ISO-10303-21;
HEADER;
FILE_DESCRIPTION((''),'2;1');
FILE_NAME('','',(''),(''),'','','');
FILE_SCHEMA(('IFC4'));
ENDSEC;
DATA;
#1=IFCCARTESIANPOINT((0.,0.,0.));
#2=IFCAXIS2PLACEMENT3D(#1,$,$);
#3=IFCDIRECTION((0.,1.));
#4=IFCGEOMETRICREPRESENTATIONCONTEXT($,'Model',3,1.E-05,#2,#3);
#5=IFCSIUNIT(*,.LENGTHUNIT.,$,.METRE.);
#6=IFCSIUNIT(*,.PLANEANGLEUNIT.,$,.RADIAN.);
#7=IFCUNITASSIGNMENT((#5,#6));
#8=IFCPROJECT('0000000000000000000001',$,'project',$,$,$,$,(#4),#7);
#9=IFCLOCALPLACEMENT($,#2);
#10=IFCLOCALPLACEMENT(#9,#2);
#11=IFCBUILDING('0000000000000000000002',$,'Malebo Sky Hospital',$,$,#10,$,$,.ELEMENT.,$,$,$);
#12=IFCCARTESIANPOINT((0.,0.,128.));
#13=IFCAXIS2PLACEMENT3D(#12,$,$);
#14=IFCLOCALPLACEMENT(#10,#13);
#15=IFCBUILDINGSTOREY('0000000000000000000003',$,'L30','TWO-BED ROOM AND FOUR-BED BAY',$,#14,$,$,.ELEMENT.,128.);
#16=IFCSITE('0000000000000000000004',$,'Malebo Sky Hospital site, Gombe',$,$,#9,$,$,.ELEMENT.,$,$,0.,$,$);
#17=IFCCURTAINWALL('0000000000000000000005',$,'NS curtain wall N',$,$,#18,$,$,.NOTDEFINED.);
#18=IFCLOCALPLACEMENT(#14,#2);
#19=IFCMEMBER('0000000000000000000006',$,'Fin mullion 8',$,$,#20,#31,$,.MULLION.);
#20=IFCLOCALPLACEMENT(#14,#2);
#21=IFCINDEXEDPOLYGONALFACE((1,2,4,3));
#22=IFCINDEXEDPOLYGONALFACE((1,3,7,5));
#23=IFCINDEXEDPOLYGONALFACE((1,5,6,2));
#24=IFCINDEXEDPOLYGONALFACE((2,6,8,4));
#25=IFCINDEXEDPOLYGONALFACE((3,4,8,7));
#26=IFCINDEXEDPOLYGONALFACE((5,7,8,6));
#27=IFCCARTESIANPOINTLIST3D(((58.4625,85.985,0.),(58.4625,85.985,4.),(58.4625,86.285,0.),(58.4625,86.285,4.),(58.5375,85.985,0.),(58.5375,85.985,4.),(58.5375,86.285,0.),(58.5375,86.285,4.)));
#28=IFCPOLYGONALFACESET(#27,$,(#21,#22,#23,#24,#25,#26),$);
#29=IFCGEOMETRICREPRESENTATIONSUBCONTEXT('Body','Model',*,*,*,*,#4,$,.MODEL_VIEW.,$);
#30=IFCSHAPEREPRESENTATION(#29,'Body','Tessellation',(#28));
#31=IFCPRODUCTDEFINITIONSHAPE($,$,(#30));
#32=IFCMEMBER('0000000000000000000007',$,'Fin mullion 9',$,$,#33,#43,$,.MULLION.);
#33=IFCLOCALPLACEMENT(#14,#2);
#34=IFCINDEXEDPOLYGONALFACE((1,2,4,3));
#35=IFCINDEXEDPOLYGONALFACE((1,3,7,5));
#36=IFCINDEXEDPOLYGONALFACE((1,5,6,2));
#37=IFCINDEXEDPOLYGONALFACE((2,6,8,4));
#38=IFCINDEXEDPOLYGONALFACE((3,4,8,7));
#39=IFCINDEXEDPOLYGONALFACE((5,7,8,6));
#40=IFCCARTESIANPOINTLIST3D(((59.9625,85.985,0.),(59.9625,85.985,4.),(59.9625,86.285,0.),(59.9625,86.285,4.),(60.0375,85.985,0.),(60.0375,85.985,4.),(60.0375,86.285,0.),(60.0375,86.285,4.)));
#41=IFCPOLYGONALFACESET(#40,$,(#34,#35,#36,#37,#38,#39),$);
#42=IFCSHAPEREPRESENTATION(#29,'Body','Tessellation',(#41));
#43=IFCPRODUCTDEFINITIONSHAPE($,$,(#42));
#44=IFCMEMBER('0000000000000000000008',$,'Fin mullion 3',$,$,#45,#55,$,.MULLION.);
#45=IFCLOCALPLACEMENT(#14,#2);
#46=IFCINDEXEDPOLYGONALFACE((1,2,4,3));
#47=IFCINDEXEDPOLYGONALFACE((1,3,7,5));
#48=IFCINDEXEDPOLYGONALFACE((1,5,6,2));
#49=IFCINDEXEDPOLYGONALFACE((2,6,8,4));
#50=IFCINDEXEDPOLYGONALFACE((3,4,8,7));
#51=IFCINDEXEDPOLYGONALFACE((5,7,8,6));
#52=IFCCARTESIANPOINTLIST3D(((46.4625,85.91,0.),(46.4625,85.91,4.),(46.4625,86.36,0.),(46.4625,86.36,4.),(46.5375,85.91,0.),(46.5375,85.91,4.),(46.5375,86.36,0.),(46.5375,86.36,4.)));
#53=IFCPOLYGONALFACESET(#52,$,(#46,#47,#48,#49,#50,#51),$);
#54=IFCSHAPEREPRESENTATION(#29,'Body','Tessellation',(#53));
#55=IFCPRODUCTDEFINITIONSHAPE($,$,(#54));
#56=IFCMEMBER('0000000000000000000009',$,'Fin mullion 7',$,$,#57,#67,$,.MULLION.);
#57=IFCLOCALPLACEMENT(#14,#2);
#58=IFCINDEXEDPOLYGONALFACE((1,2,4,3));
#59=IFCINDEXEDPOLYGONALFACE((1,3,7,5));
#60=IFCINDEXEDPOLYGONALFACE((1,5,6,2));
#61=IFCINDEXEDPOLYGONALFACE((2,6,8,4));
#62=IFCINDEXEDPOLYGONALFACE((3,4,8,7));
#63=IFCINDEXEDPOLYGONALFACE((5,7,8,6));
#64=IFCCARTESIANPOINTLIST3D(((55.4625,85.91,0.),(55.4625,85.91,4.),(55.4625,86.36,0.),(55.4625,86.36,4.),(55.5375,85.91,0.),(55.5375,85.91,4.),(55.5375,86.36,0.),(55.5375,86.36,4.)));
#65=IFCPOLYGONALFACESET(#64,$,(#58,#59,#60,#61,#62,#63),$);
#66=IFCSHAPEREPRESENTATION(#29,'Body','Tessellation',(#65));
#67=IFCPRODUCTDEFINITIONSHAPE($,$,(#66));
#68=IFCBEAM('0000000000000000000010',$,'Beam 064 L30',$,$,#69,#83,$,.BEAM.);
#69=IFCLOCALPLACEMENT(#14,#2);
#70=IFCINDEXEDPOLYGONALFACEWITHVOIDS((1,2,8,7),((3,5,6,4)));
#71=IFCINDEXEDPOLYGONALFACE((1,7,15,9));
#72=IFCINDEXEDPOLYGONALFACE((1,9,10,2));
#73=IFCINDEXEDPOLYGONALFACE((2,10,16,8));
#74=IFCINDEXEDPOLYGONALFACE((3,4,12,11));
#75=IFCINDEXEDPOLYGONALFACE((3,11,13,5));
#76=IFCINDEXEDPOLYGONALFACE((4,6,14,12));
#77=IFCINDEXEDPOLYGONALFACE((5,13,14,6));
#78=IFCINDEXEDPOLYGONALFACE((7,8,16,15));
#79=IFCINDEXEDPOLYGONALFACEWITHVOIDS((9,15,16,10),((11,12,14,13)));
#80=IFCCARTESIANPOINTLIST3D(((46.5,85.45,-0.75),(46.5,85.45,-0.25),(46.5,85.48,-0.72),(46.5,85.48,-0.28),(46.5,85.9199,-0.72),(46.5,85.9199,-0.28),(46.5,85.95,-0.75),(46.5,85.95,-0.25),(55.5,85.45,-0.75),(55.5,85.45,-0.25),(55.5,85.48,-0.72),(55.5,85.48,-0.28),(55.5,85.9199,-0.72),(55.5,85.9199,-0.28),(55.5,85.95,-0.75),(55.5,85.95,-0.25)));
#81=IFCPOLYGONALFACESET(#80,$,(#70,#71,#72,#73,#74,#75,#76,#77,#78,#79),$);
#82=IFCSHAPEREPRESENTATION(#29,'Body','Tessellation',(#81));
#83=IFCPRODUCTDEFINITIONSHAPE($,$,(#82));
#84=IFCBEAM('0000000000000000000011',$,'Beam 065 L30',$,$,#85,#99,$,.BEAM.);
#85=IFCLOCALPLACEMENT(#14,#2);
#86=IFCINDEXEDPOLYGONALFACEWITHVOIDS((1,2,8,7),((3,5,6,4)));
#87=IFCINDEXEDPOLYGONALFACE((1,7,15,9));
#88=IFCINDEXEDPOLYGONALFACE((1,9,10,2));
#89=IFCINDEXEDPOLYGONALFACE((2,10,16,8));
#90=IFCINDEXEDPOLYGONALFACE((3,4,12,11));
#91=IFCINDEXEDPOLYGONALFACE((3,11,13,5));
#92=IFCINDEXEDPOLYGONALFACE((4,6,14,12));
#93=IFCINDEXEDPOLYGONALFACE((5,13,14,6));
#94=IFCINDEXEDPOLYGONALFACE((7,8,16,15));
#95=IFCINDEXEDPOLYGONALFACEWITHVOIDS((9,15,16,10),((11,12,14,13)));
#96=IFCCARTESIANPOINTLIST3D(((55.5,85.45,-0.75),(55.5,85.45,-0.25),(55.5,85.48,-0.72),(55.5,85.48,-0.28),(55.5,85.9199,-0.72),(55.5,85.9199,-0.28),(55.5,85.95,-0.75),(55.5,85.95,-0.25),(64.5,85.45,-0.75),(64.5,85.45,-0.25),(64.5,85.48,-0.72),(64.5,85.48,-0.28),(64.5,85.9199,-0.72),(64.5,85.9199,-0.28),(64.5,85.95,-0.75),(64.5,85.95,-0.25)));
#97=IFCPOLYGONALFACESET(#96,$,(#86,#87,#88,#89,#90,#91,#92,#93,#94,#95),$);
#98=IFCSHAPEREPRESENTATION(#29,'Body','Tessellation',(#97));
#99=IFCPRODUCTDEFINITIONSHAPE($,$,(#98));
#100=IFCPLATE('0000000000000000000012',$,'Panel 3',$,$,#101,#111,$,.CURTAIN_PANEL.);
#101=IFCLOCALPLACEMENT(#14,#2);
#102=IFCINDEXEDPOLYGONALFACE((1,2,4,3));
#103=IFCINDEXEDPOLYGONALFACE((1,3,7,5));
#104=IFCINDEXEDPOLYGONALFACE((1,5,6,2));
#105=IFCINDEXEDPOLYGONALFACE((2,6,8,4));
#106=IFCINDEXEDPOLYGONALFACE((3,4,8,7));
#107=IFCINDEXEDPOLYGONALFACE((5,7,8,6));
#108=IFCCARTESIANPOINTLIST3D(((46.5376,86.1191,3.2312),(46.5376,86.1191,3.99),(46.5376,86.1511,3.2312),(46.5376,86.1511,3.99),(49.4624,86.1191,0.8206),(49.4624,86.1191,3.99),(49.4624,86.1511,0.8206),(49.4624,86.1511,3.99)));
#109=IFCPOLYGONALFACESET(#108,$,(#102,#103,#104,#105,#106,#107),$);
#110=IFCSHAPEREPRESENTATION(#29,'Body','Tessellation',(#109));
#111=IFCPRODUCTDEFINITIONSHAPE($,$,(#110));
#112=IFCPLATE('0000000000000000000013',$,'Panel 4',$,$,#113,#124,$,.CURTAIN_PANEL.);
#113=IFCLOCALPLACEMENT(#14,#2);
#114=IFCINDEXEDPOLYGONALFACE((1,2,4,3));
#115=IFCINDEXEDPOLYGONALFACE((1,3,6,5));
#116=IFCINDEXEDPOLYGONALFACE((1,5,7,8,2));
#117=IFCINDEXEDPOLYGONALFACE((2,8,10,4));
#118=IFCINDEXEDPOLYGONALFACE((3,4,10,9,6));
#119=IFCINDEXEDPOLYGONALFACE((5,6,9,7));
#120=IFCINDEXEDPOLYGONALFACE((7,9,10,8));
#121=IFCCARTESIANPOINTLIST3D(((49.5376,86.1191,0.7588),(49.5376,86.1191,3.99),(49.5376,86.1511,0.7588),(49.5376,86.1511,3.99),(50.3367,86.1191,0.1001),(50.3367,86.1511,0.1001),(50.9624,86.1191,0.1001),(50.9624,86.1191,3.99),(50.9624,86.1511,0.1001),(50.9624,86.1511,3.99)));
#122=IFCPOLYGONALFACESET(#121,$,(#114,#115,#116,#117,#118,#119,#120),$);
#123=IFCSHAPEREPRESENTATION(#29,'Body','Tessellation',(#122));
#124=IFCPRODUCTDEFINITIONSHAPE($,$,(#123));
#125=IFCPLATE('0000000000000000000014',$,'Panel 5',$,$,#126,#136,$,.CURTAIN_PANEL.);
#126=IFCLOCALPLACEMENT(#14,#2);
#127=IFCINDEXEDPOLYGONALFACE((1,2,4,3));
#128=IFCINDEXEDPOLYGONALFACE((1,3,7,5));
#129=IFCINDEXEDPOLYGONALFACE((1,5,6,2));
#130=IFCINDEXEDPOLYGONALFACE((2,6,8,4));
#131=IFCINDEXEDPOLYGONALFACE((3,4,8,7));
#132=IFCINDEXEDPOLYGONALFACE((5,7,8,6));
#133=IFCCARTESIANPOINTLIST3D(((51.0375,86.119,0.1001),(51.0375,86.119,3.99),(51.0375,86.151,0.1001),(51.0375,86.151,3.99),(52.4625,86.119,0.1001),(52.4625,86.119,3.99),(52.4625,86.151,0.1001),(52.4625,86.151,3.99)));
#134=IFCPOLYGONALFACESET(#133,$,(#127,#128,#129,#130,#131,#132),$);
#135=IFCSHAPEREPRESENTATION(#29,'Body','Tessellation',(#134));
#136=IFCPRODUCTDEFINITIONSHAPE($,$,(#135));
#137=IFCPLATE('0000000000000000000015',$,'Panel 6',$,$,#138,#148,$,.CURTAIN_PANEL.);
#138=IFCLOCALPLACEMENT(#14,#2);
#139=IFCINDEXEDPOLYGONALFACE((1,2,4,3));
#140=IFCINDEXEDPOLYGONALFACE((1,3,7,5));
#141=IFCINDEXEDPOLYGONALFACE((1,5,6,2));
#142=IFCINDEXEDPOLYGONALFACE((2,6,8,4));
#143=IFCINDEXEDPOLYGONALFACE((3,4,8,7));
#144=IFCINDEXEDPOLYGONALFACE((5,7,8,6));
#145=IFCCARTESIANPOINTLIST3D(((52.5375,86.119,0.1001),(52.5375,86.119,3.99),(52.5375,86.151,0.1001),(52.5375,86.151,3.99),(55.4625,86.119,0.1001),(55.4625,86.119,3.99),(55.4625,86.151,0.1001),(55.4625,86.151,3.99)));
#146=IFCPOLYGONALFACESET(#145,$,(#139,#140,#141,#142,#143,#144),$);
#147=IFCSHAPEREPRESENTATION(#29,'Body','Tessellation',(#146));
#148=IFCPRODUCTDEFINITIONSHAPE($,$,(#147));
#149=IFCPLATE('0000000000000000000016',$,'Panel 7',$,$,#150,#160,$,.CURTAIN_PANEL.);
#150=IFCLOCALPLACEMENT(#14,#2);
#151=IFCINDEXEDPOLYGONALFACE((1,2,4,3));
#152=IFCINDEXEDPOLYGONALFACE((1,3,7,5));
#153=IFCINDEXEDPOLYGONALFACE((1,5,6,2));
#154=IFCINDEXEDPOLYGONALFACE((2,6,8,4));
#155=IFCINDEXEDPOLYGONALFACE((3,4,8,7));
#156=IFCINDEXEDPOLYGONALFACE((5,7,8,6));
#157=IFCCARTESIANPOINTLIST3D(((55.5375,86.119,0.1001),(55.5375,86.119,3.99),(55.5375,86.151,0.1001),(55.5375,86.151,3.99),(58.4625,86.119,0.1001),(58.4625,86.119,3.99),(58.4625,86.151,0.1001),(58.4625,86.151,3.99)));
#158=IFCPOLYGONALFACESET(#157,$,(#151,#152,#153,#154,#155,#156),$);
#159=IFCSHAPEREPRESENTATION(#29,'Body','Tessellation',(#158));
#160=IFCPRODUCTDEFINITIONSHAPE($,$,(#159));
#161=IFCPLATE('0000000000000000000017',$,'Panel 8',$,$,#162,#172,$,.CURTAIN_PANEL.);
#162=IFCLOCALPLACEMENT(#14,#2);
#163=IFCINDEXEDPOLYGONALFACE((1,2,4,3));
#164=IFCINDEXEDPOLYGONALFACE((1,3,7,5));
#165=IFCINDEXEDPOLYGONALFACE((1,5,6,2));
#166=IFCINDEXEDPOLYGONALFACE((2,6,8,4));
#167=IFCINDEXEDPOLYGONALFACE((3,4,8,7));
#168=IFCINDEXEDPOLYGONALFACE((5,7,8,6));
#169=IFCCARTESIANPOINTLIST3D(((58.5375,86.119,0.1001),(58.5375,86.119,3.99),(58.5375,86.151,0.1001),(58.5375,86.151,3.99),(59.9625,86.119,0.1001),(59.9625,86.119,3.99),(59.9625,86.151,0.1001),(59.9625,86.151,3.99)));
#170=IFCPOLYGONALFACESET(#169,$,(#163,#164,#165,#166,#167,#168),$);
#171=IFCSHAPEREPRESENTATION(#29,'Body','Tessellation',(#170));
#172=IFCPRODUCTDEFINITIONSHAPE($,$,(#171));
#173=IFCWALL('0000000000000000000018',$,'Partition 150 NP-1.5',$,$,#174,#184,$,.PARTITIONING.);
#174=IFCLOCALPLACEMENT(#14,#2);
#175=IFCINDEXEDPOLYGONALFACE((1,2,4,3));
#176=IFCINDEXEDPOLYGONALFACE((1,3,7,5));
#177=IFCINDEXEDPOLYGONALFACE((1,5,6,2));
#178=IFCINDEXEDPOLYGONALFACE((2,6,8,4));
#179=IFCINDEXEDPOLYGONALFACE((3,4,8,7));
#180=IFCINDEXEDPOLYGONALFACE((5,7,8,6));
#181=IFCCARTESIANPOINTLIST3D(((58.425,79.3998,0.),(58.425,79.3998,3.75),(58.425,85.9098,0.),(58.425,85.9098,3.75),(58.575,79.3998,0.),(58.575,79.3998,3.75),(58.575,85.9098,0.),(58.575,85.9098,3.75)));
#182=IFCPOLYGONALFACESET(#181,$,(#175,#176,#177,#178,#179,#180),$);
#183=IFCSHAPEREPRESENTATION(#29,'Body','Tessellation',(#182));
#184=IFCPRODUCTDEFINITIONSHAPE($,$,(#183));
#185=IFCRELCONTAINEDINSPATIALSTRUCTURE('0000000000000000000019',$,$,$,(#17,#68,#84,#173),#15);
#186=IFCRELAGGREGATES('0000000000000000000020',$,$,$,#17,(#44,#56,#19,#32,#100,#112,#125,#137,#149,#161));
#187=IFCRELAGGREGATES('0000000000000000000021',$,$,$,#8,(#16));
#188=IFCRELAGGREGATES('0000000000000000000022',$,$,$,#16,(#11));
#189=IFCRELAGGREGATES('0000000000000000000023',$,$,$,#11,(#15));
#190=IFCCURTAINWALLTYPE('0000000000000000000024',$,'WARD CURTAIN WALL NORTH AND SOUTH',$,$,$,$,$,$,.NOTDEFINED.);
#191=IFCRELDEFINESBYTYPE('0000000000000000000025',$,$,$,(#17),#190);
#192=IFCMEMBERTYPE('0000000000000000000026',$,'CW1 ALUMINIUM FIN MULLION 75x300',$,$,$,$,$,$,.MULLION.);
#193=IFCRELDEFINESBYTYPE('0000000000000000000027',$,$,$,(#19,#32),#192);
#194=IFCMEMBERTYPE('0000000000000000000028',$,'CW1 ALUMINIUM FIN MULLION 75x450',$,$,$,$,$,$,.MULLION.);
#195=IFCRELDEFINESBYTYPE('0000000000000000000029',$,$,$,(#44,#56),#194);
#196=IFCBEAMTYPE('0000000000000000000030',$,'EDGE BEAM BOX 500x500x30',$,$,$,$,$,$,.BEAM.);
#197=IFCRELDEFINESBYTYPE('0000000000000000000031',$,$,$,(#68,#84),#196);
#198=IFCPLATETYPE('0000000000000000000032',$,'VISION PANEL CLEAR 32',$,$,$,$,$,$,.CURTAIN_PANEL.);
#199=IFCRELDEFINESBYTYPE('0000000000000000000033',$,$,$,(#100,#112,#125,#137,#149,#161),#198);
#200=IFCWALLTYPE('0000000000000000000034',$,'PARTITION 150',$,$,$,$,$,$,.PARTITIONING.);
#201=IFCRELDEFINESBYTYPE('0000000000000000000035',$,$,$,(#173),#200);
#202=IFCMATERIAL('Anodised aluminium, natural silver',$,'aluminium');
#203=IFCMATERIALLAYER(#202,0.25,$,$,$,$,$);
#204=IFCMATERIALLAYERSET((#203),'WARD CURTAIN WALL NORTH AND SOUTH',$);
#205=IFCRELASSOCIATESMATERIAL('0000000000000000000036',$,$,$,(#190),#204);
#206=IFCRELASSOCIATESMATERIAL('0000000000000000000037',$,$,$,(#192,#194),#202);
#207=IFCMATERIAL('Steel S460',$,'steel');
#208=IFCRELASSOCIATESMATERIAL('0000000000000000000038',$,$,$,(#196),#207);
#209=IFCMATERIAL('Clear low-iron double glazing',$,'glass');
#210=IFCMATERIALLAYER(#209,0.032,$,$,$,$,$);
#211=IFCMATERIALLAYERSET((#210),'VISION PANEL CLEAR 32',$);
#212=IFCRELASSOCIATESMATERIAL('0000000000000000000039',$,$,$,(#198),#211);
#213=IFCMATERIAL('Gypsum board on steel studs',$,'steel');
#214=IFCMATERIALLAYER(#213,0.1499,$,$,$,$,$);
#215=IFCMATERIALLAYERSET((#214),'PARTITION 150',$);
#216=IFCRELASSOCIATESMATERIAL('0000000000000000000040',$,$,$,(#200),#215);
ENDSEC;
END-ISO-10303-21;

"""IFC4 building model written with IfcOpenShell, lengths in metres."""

from ifc_helpers import new_model, si_unit, direction, frame, frame_2d, origin, origin_2d, place, context, subcontext, project, spatial, polyline, rectangle, hollow_rectangle, outline, extrude, material, layer, layer_set, material_profile, profile_set, type_object, element, aggregate, save


model = new_model("IFC4")

# Units and contexts
model_context = context("Model", 3, precision=1e-05, world=origin(), true_north=direction((0.0, 1.0)))
body_context = subcontext(model_context, "Body", "Model", "MODEL_VIEW")
ifc_project = project(units=[si_unit("LENGTHUNIT", "METRE"), si_unit("PLANEANGLEUNIT", "RADIAN")], contexts=[model_context])

# Site, building, storey
site_placement = place(None, origin())
site = spatial("IfcSite", under=ifc_project, at=site_placement, Name="Malebo Sky Hospital site, Gombe", CompositionType="ELEMENT", RefElevation=0.0)
building_placement = place(site_placement, origin())
building = spatial("IfcBuilding", under=site, at=building_placement, Name="Malebo Sky Hospital", CompositionType="ELEMENT")
storey_placement = place(building_placement, frame((0.0, 0.0, 128.0)))
storey = spatial("IfcBuildingStorey", under=building, at=storey_placement, Name="L30", Description="TWO-BED ROOM AND FOUR-BED BAY", CompositionType="ELEMENT", Elevation=128.0)

# Shared definitions
ifc_material_1 = material(Name="Steel S460", Category="steel")

# Curtain wall
ifc_material_2 = material(Name="Anodised aluminium, natural silver", Category="aluminium")
ifc_layer_1 = layer(ifc_material_2, 0.25)
ifc_layer_set_1 = layer_set([ifc_layer_1], Name="WARD CURTAIN WALL NORTH AND SOUTH")
curtain_wall_type = type_object("IfcCurtainWallType", Name="WARD CURTAIN WALL NORTH AND SOUTH", PredefinedType="NOTDEFINED", material=ifc_layer_set_1)
curtain_wall_placement = place(storey_placement, origin())
curtain_wall = element("IfcCurtainWall", 1, at=curtain_wall_placement, inside=storey, type_object=curtain_wall_type, Name="NS curtain wall N", PredefinedType="NOTDEFINED")

# Members
ifc_material_profile_1 = material_profile(ifc_material_2, rectangle(XDim=0.075, YDim=0.3, at=origin_2d()), Name="CW1 ALUMINIUM FIN MULLION 75x300")
ifc_profile_set_1 = profile_set([ifc_material_profile_1], Name="Anodised aluminium, natural silver")
member_type_1 = type_object("IfcMemberType", Name="CW1 ALUMINIUM FIN MULLION 75x300", PredefinedType="MULLION", material=ifc_profile_set_1)
member_1_placement = place(storey_placement, frame((58.5, 86.135, 0.0), z_axis=(0.0, 0.0, 1.0), x_axis=(1.0, 0.0, 0.0)))
member_1 = element("IfcMember", 2, at=member_1_placement, type_object=member_type_1, Name="Fin mullion 8", PredefinedType="MULLION", context=body_context, shape_type="SweptSolid", body=[
    extrude(rectangle(XDim=0.075, YDim=0.3, at=origin_2d()), origin(), (0.0, 0.0, 1.0), 4.0),
])
member_2_placement = place(storey_placement, frame((60.0, 86.135, 0.0), z_axis=(0.0, 0.0, 1.0), x_axis=(1.0, 0.0, 0.0)))
member_2 = element("IfcMember", 3, at=member_2_placement, type_object=member_type_1, Name="Fin mullion 9", PredefinedType="MULLION", context=body_context, shape_type="SweptSolid", body=[
    extrude(rectangle(XDim=0.075, YDim=0.3, at=origin_2d()), origin(), (0.0, 0.0, 1.0), 4.0),
])
ifc_material_profile_2 = material_profile(ifc_material_2, rectangle(XDim=0.075, YDim=0.45, at=origin_2d()), Name="CW1 ALUMINIUM FIN MULLION 75x450")
ifc_profile_set_2 = profile_set([ifc_material_profile_2], Name="Anodised aluminium, natural silver")
member_type_2 = type_object("IfcMemberType", Name="CW1 ALUMINIUM FIN MULLION 75x450", PredefinedType="MULLION", material=ifc_profile_set_2)
member_3_placement = place(storey_placement, frame((46.5, 86.135, 0.0), z_axis=(0.0, 0.0, 1.0), x_axis=(1.0, 0.0, 0.0)))
member_3 = element("IfcMember", 4, at=member_3_placement, type_object=member_type_2, Name="Fin mullion 3", PredefinedType="MULLION", context=body_context, shape_type="SweptSolid", body=[
    extrude(rectangle(XDim=0.075, YDim=0.45, at=origin_2d()), origin(), (0.0, 0.0, 1.0), 4.0),
])
member_4_placement = place(storey_placement, frame((55.5, 86.135, 0.0), z_axis=(0.0, 0.0, 1.0), x_axis=(1.0, 0.0, 0.0)))
member_4 = element("IfcMember", 5, at=member_4_placement, type_object=member_type_2, Name="Fin mullion 7", PredefinedType="MULLION", context=body_context, shape_type="SweptSolid", body=[
    extrude(rectangle(XDim=0.075, YDim=0.45, at=origin_2d()), origin(), (0.0, 0.0, 1.0), 4.0),
])

# Beams
ifc_material_profile_3 = material_profile(ifc_material_1, hollow_rectangle(XDim=0.5, YDim=0.5, WallThickness=0.03, at=origin_2d()), Name="BOX 500x500x30")
ifc_profile_set_3 = profile_set([ifc_material_profile_3], Name="Steel S460")
beam_type = type_object("IfcBeamType", Name="EDGE BEAM BOX 500x500x30", PredefinedType="BEAM", material=ifc_profile_set_3)
for number, where, z_axis, x_axis, name in (
    (6, (46.5, 85.7, -0.5), (1.0, 0.0, 0.0), (0.0, 1.0, 0.0), "Beam 064 L30"),
    (7, (55.5, 85.7, -0.5), (1.0, 0.0, 0.0), (0.0, 1.0, 0.0), "Beam 065 L30"),
):
    element("IfcBeam", number, at=place(storey_placement, frame(where, z_axis=z_axis, x_axis=x_axis)), inside=storey, type_object=beam_type, Name=name, PredefinedType="BEAM", context=body_context, shape_type="SweptSolid", body=[
        extrude(hollow_rectangle(XDim=0.5, YDim=0.5, WallThickness=0.03, at=origin_2d()), origin(), (0.0, 0.0, 1.0), 9.0),
    ])

# Plates
ifc_material_3 = material(Name="Clear low-iron double glazing", Category="glass")
ifc_layer_2 = layer(ifc_material_3, 0.032)
ifc_layer_set_2 = layer_set([ifc_layer_2], Name="VISION PANEL CLEAR 32")
plate_type = type_object("IfcPlateType", Name="VISION PANEL CLEAR 32", PredefinedType="CURTAIN_PANEL", material=ifc_layer_set_2)
plate_1_placement = place(storey_placement, frame((48.0, 86.135, 0.8206), z_axis=(0.0, 0.0, 1.0), x_axis=(1.0, 0.0, 0.0)))
plate_1 = element("IfcPlate", 8, at=plate_1_placement, type_object=plate_type, Name="Panel 3", PredefinedType="CURTAIN_PANEL", context=body_context, shape_type="SweptSolid", body=[
    extrude(outline(polyline([(1.4624, 0.0), (1.4624, 3.1694), (-1.4624, 3.1694), (-1.4624, 2.4106), (1.4624, 0.0)])), frame((0.0, 0.0161, 0.0), z_axis=(0.0, -1.0, 0.0), x_axis=(1.0, 0.0, 0.0)), (0.0, 0.0, 1.0), 0.032),
])
plate_2_placement = place(storey_placement, frame((50.25, 86.135, 0.1001), z_axis=(0.0, 0.0, 1.0), x_axis=(1.0, 0.0, 0.0)))
plate_2 = element("IfcPlate", 9, at=plate_2_placement, type_object=plate_type, Name="Panel 4", PredefinedType="CURTAIN_PANEL", context=body_context, shape_type="SweptSolid", body=[
    extrude(outline(polyline([(0.0867, 0.0), (0.7124, 0.0), (0.7124, 3.8899), (-0.7124, 3.8899), (-0.7124, 0.6587), (0.0867, 0.0)])), frame((0.0, 0.0161, 0.0), z_axis=(0.0, -1.0, 0.0), x_axis=(1.0, 0.0, 0.0)), (0.0, 0.0, 1.0), 0.032),
])
plate_3_placement = place(storey_placement, frame((51.75, 86.135, 0.1001), z_axis=(0.0, 0.0, 1.0), x_axis=(1.0, 0.0, 0.0)))
plate_3 = element("IfcPlate", 10, at=plate_3_placement, type_object=plate_type, Name="Panel 5", PredefinedType="CURTAIN_PANEL", context=body_context, shape_type="SweptSolid", body=[
    extrude(rectangle(XDim=1.425, YDim=0.032, at=origin_2d()), origin(), (0.0, 0.0, 1.0), 3.8899),
])
plate_4_placement = place(storey_placement, frame((54.0, 86.135, 0.1001), z_axis=(0.0, 0.0, 1.0), x_axis=(1.0, 0.0, 0.0)))
plate_4 = element("IfcPlate", 11, at=plate_4_placement, type_object=plate_type, Name="Panel 6", PredefinedType="CURTAIN_PANEL", context=body_context, shape_type="SweptSolid", body=[
    extrude(rectangle(XDim=2.925, YDim=0.032, at=origin_2d()), origin(), (0.0, 0.0, 1.0), 3.8899),
])
plate_5_placement = place(storey_placement, frame((57.0, 86.135, 0.1001), z_axis=(0.0, 0.0, 1.0), x_axis=(1.0, 0.0, 0.0)))
plate_5 = element("IfcPlate", 12, at=plate_5_placement, type_object=plate_type, Name="Panel 7", PredefinedType="CURTAIN_PANEL", context=body_context, shape_type="SweptSolid", body=[
    extrude(rectangle(XDim=2.925, YDim=0.032, at=origin_2d()), origin(), (0.0, 0.0, 1.0), 3.8899),
])
plate_6_placement = place(storey_placement, frame((59.25, 86.135, 0.1001), z_axis=(0.0, 0.0, 1.0), x_axis=(1.0, 0.0, 0.0)))
plate_6 = element("IfcPlate", 13, at=plate_6_placement, type_object=plate_type, Name="Panel 8", PredefinedType="CURTAIN_PANEL", context=body_context, shape_type="SweptSolid", body=[
    extrude(rectangle(XDim=1.425, YDim=0.032, at=origin_2d()), origin(), (0.0, 0.0, 1.0), 3.8899),
])
aggregate(curtain_wall, [member_3, member_4, member_1, member_2, plate_1, plate_2, plate_3, plate_4, plate_5, plate_6])

# Wall
ifc_material_4 = material(Name="Gypsum board on steel studs", Category="steel")
ifc_layer_3 = layer(ifc_material_4, 0.1499)
ifc_layer_set_3 = layer_set([ifc_layer_3], Name="PARTITION 150")
wall_type = type_object("IfcWallType", Name="PARTITION 150", PredefinedType="PARTITIONING", material=ifc_layer_set_3)
wall_1_placement = place(storey_placement, frame((58.5, 79.3999, 0.0), z_axis=(0.0, 0.0, 1.0), x_axis=(0.0, 1.0, 0.0)))
element("IfcWall", 14, at=wall_1_placement, inside=storey, type_object=wall_type, Name="Partition 150 NP-1.5", PredefinedType="PARTITIONING", context=body_context, shape_type="SweptSolid", body=[
    extrude(rectangle(XDim=6.51, YDim=0.1499, at=frame_2d((3.2549, 0.0))), origin(), (0.0, 0.0, 1.0), 3.75),
])

save(model, "model.ifc")
